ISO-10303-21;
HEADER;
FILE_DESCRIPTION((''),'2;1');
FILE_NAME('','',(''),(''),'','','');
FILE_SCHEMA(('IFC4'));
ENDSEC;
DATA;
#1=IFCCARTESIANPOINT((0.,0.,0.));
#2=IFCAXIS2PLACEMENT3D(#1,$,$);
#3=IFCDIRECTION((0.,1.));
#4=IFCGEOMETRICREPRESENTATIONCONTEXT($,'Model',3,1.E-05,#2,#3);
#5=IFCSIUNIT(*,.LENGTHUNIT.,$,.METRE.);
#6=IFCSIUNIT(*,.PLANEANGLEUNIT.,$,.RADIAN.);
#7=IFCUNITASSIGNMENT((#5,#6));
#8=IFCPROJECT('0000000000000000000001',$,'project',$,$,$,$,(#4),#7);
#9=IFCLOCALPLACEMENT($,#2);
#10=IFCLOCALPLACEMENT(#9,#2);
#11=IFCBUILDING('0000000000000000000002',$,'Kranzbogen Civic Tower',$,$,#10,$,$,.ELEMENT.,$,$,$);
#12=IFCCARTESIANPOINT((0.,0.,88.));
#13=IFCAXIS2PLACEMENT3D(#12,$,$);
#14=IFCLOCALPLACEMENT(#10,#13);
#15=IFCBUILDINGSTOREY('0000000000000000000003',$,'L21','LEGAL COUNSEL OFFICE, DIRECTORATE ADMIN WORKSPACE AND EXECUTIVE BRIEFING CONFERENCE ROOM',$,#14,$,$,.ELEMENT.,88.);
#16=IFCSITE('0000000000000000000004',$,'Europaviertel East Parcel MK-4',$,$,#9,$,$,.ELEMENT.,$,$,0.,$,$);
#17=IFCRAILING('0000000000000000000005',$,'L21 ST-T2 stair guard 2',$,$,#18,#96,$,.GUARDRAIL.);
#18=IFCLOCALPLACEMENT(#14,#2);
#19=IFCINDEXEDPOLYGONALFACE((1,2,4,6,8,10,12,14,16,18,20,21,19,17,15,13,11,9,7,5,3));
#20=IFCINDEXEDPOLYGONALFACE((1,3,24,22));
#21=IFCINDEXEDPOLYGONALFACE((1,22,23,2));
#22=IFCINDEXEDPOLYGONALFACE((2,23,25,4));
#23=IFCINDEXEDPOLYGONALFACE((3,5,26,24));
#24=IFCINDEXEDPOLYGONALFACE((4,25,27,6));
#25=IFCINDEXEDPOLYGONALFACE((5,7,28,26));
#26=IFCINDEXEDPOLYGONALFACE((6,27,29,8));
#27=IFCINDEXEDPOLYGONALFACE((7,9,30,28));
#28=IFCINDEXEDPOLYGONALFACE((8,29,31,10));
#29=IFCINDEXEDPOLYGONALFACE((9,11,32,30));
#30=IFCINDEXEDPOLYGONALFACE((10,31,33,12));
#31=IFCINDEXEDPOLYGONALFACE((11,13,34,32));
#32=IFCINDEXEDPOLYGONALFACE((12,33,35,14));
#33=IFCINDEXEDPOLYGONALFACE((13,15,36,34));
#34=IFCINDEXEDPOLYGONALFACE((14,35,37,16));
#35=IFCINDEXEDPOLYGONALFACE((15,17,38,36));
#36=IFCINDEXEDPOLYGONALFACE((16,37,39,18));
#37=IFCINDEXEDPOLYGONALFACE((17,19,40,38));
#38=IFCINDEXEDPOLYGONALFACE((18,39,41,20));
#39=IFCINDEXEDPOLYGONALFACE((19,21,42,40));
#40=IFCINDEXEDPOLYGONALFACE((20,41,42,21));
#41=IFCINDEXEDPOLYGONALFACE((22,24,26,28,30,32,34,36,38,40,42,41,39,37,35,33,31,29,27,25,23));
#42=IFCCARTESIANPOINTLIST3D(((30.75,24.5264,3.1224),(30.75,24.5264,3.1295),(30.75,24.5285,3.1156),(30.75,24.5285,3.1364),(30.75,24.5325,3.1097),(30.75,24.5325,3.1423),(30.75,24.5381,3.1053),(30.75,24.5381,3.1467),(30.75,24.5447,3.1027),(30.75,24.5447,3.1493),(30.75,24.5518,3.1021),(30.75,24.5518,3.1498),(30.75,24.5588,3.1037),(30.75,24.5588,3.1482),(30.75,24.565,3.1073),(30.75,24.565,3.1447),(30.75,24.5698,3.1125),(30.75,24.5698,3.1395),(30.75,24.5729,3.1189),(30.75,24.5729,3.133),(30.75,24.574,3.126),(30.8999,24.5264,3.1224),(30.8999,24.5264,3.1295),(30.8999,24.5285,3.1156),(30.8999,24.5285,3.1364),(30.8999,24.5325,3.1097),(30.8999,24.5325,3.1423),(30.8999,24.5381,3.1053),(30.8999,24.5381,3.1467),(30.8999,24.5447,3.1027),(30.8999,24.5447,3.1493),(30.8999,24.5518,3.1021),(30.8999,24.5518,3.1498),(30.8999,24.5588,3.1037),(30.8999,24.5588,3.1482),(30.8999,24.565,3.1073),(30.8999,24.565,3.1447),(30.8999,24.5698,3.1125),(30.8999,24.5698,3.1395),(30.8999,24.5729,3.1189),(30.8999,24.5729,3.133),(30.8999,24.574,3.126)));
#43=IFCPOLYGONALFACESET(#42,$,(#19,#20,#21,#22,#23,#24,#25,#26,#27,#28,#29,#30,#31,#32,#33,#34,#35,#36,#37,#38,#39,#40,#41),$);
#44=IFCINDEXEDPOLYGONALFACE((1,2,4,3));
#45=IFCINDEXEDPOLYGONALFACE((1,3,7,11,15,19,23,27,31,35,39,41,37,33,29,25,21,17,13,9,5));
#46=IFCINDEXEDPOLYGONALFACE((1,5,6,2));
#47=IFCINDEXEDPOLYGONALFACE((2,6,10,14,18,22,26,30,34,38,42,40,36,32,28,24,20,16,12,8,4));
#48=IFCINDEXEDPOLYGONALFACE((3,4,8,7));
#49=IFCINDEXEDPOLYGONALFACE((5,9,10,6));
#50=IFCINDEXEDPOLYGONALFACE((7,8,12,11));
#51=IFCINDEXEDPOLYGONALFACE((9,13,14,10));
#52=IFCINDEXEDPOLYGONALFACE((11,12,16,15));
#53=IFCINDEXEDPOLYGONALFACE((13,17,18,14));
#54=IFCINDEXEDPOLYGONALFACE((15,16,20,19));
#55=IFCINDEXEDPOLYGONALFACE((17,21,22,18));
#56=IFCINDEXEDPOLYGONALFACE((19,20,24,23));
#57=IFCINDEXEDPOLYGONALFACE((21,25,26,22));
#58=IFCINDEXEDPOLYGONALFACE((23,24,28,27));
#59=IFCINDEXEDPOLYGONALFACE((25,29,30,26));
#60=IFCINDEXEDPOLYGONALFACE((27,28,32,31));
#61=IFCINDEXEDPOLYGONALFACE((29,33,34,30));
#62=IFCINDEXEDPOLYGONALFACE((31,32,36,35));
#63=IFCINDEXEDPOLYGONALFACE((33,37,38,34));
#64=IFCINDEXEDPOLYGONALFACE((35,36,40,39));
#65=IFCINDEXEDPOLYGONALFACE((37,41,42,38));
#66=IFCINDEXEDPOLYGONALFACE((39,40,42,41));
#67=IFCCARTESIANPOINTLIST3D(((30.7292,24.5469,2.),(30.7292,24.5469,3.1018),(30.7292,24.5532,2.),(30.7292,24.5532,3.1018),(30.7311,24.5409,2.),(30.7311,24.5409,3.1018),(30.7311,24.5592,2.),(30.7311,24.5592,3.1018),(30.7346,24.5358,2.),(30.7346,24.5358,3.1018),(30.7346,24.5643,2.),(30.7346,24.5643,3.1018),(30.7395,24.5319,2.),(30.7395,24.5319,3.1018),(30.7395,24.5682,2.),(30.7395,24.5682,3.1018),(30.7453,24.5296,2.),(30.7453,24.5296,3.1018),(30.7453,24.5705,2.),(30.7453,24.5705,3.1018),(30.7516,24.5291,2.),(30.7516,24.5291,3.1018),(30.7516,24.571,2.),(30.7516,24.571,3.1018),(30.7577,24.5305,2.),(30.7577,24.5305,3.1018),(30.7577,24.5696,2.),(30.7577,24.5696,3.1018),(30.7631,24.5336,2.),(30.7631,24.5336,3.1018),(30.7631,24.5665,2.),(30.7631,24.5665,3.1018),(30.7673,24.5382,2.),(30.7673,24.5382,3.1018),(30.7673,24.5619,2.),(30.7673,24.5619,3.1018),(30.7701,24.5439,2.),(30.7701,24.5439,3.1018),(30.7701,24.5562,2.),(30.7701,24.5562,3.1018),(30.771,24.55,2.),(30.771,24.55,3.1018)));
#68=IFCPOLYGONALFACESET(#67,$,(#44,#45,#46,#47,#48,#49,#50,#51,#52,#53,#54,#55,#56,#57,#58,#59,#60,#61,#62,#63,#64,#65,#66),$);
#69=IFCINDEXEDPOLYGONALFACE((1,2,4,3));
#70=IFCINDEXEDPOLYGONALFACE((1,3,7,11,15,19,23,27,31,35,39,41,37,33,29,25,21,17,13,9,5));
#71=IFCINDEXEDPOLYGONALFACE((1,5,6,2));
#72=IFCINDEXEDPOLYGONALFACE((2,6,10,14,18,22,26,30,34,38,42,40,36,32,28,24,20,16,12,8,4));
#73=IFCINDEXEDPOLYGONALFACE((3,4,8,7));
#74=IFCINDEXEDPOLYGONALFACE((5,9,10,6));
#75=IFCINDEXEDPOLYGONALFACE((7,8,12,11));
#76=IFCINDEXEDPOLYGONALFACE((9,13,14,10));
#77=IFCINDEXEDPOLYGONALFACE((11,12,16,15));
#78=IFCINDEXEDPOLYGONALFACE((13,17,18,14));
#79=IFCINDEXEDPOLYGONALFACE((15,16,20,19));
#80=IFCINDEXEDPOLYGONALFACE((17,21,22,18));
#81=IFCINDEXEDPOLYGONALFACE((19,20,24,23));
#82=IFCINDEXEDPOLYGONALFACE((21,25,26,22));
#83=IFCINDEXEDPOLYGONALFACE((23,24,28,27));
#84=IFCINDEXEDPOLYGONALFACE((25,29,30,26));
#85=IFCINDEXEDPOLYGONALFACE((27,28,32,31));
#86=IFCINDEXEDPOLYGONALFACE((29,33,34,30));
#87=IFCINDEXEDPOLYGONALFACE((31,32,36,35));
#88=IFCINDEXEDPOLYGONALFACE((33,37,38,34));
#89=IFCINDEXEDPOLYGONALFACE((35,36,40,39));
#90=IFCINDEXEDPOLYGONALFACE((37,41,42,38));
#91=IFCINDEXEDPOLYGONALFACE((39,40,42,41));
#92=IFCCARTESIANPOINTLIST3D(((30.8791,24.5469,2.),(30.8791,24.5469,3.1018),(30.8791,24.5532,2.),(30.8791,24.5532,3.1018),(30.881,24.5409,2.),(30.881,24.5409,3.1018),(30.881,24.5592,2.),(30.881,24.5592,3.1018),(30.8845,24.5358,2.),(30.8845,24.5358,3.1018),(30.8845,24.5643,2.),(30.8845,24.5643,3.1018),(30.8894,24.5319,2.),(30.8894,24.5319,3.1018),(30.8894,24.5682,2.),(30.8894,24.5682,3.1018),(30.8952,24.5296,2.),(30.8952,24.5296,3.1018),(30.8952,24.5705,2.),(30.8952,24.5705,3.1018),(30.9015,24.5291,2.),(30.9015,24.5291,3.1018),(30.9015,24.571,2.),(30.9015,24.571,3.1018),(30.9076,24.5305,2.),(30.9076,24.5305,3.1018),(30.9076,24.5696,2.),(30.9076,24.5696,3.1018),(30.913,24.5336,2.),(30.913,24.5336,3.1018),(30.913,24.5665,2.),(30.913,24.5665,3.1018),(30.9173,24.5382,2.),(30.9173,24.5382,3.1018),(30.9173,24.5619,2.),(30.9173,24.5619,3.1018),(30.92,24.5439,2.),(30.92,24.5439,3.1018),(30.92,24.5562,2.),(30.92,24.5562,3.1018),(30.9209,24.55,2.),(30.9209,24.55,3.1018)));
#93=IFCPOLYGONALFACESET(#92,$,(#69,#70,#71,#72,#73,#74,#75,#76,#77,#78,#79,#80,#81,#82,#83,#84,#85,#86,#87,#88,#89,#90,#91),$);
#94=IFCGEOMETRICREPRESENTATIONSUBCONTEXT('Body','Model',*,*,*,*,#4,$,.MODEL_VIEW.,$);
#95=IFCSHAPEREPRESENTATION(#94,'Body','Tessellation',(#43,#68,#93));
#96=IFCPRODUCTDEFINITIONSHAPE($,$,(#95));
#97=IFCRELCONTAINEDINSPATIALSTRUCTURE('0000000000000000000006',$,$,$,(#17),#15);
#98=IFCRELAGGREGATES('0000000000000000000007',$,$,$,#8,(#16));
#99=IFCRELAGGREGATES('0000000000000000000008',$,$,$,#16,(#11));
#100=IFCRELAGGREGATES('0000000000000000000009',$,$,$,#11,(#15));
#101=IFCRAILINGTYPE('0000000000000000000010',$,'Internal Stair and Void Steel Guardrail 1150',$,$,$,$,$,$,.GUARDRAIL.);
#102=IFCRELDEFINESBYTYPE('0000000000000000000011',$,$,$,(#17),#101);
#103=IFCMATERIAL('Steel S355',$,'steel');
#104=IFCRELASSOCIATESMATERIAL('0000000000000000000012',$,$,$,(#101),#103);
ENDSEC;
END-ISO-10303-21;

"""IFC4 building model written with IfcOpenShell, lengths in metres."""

from ifc_helpers import new_model, si_unit, direction, frame, origin, origin_2d, place, context, subcontext, project, spatial, circle, extrude, material, type_object, element, save


model = new_model("IFC4")

# Units and contexts
model_context = context("Model", 3, precision=1e-05, world=origin(), true_north=direction((0.0, 1.0)))
body_context = subcontext(model_context, "Body", "Model", "MODEL_VIEW")
ifc_project = project(units=[si_unit("LENGTHUNIT", "METRE"), si_unit("PLANEANGLEUNIT", "RADIAN")], contexts=[model_context])

# Site, building, storey
site_placement = place(None, origin())
site = spatial("IfcSite", under=ifc_project, at=site_placement, Name="Europaviertel East Parcel MK-4", CompositionType="ELEMENT", RefElevation=0.0)
building_placement = place(site_placement, origin())
building = spatial("IfcBuilding", under=site, at=building_placement, Name="Kranzbogen Civic Tower", CompositionType="ELEMENT")
storey_placement = place(building_placement, frame((0.0, 0.0, 88.0)))
storey = spatial("IfcBuildingStorey", under=building, at=storey_placement, Name="L21", Description="LEGAL COUNSEL OFFICE, DIRECTORATE ADMIN WORKSPACE AND EXECUTIVE BRIEFING CONFERENCE ROOM", CompositionType="ELEMENT", Elevation=88.0)

# Shared definitions
ifc_material_1 = material(Name="Steel S355", Category="steel")

# Railing
railing_type_1 = type_object("IfcRailingType", Name="Internal Stair and Void Steel Guardrail 1150", PredefinedType="GUARDRAIL", material=ifc_material_1)
railing_1_placement = place(storey_placement, frame((30.75, 24.55, 2.0)))
element("IfcRailing", 1, at=railing_1_placement, inside=storey, type_object=railing_type_1, Name="L21 ST-T2 stair guard 2", PredefinedType="GUARDRAIL", context=body_context, shape_type="SweptSolid", body=[
    extrude(circle(Radius=0.0239, at=origin_2d()), frame((0.0, 0.0, 1.126), z_axis=(1.0, 0.0, 0.0), x_axis=(0.0, 1.0, 0.0)), (0.0, 0.0, 1.0), 0.1499),
    extrude(circle(Radius=0.021, at=origin_2d()), origin(), (0.0, 0.0, 1.0), 1.1018),
    extrude(circle(Radius=0.021, at=origin_2d()), frame((0.1499, 0.0, 0.0)), (0.0, 0.0, 1.0), 1.1018),
])

save(model, "model.ifc")
